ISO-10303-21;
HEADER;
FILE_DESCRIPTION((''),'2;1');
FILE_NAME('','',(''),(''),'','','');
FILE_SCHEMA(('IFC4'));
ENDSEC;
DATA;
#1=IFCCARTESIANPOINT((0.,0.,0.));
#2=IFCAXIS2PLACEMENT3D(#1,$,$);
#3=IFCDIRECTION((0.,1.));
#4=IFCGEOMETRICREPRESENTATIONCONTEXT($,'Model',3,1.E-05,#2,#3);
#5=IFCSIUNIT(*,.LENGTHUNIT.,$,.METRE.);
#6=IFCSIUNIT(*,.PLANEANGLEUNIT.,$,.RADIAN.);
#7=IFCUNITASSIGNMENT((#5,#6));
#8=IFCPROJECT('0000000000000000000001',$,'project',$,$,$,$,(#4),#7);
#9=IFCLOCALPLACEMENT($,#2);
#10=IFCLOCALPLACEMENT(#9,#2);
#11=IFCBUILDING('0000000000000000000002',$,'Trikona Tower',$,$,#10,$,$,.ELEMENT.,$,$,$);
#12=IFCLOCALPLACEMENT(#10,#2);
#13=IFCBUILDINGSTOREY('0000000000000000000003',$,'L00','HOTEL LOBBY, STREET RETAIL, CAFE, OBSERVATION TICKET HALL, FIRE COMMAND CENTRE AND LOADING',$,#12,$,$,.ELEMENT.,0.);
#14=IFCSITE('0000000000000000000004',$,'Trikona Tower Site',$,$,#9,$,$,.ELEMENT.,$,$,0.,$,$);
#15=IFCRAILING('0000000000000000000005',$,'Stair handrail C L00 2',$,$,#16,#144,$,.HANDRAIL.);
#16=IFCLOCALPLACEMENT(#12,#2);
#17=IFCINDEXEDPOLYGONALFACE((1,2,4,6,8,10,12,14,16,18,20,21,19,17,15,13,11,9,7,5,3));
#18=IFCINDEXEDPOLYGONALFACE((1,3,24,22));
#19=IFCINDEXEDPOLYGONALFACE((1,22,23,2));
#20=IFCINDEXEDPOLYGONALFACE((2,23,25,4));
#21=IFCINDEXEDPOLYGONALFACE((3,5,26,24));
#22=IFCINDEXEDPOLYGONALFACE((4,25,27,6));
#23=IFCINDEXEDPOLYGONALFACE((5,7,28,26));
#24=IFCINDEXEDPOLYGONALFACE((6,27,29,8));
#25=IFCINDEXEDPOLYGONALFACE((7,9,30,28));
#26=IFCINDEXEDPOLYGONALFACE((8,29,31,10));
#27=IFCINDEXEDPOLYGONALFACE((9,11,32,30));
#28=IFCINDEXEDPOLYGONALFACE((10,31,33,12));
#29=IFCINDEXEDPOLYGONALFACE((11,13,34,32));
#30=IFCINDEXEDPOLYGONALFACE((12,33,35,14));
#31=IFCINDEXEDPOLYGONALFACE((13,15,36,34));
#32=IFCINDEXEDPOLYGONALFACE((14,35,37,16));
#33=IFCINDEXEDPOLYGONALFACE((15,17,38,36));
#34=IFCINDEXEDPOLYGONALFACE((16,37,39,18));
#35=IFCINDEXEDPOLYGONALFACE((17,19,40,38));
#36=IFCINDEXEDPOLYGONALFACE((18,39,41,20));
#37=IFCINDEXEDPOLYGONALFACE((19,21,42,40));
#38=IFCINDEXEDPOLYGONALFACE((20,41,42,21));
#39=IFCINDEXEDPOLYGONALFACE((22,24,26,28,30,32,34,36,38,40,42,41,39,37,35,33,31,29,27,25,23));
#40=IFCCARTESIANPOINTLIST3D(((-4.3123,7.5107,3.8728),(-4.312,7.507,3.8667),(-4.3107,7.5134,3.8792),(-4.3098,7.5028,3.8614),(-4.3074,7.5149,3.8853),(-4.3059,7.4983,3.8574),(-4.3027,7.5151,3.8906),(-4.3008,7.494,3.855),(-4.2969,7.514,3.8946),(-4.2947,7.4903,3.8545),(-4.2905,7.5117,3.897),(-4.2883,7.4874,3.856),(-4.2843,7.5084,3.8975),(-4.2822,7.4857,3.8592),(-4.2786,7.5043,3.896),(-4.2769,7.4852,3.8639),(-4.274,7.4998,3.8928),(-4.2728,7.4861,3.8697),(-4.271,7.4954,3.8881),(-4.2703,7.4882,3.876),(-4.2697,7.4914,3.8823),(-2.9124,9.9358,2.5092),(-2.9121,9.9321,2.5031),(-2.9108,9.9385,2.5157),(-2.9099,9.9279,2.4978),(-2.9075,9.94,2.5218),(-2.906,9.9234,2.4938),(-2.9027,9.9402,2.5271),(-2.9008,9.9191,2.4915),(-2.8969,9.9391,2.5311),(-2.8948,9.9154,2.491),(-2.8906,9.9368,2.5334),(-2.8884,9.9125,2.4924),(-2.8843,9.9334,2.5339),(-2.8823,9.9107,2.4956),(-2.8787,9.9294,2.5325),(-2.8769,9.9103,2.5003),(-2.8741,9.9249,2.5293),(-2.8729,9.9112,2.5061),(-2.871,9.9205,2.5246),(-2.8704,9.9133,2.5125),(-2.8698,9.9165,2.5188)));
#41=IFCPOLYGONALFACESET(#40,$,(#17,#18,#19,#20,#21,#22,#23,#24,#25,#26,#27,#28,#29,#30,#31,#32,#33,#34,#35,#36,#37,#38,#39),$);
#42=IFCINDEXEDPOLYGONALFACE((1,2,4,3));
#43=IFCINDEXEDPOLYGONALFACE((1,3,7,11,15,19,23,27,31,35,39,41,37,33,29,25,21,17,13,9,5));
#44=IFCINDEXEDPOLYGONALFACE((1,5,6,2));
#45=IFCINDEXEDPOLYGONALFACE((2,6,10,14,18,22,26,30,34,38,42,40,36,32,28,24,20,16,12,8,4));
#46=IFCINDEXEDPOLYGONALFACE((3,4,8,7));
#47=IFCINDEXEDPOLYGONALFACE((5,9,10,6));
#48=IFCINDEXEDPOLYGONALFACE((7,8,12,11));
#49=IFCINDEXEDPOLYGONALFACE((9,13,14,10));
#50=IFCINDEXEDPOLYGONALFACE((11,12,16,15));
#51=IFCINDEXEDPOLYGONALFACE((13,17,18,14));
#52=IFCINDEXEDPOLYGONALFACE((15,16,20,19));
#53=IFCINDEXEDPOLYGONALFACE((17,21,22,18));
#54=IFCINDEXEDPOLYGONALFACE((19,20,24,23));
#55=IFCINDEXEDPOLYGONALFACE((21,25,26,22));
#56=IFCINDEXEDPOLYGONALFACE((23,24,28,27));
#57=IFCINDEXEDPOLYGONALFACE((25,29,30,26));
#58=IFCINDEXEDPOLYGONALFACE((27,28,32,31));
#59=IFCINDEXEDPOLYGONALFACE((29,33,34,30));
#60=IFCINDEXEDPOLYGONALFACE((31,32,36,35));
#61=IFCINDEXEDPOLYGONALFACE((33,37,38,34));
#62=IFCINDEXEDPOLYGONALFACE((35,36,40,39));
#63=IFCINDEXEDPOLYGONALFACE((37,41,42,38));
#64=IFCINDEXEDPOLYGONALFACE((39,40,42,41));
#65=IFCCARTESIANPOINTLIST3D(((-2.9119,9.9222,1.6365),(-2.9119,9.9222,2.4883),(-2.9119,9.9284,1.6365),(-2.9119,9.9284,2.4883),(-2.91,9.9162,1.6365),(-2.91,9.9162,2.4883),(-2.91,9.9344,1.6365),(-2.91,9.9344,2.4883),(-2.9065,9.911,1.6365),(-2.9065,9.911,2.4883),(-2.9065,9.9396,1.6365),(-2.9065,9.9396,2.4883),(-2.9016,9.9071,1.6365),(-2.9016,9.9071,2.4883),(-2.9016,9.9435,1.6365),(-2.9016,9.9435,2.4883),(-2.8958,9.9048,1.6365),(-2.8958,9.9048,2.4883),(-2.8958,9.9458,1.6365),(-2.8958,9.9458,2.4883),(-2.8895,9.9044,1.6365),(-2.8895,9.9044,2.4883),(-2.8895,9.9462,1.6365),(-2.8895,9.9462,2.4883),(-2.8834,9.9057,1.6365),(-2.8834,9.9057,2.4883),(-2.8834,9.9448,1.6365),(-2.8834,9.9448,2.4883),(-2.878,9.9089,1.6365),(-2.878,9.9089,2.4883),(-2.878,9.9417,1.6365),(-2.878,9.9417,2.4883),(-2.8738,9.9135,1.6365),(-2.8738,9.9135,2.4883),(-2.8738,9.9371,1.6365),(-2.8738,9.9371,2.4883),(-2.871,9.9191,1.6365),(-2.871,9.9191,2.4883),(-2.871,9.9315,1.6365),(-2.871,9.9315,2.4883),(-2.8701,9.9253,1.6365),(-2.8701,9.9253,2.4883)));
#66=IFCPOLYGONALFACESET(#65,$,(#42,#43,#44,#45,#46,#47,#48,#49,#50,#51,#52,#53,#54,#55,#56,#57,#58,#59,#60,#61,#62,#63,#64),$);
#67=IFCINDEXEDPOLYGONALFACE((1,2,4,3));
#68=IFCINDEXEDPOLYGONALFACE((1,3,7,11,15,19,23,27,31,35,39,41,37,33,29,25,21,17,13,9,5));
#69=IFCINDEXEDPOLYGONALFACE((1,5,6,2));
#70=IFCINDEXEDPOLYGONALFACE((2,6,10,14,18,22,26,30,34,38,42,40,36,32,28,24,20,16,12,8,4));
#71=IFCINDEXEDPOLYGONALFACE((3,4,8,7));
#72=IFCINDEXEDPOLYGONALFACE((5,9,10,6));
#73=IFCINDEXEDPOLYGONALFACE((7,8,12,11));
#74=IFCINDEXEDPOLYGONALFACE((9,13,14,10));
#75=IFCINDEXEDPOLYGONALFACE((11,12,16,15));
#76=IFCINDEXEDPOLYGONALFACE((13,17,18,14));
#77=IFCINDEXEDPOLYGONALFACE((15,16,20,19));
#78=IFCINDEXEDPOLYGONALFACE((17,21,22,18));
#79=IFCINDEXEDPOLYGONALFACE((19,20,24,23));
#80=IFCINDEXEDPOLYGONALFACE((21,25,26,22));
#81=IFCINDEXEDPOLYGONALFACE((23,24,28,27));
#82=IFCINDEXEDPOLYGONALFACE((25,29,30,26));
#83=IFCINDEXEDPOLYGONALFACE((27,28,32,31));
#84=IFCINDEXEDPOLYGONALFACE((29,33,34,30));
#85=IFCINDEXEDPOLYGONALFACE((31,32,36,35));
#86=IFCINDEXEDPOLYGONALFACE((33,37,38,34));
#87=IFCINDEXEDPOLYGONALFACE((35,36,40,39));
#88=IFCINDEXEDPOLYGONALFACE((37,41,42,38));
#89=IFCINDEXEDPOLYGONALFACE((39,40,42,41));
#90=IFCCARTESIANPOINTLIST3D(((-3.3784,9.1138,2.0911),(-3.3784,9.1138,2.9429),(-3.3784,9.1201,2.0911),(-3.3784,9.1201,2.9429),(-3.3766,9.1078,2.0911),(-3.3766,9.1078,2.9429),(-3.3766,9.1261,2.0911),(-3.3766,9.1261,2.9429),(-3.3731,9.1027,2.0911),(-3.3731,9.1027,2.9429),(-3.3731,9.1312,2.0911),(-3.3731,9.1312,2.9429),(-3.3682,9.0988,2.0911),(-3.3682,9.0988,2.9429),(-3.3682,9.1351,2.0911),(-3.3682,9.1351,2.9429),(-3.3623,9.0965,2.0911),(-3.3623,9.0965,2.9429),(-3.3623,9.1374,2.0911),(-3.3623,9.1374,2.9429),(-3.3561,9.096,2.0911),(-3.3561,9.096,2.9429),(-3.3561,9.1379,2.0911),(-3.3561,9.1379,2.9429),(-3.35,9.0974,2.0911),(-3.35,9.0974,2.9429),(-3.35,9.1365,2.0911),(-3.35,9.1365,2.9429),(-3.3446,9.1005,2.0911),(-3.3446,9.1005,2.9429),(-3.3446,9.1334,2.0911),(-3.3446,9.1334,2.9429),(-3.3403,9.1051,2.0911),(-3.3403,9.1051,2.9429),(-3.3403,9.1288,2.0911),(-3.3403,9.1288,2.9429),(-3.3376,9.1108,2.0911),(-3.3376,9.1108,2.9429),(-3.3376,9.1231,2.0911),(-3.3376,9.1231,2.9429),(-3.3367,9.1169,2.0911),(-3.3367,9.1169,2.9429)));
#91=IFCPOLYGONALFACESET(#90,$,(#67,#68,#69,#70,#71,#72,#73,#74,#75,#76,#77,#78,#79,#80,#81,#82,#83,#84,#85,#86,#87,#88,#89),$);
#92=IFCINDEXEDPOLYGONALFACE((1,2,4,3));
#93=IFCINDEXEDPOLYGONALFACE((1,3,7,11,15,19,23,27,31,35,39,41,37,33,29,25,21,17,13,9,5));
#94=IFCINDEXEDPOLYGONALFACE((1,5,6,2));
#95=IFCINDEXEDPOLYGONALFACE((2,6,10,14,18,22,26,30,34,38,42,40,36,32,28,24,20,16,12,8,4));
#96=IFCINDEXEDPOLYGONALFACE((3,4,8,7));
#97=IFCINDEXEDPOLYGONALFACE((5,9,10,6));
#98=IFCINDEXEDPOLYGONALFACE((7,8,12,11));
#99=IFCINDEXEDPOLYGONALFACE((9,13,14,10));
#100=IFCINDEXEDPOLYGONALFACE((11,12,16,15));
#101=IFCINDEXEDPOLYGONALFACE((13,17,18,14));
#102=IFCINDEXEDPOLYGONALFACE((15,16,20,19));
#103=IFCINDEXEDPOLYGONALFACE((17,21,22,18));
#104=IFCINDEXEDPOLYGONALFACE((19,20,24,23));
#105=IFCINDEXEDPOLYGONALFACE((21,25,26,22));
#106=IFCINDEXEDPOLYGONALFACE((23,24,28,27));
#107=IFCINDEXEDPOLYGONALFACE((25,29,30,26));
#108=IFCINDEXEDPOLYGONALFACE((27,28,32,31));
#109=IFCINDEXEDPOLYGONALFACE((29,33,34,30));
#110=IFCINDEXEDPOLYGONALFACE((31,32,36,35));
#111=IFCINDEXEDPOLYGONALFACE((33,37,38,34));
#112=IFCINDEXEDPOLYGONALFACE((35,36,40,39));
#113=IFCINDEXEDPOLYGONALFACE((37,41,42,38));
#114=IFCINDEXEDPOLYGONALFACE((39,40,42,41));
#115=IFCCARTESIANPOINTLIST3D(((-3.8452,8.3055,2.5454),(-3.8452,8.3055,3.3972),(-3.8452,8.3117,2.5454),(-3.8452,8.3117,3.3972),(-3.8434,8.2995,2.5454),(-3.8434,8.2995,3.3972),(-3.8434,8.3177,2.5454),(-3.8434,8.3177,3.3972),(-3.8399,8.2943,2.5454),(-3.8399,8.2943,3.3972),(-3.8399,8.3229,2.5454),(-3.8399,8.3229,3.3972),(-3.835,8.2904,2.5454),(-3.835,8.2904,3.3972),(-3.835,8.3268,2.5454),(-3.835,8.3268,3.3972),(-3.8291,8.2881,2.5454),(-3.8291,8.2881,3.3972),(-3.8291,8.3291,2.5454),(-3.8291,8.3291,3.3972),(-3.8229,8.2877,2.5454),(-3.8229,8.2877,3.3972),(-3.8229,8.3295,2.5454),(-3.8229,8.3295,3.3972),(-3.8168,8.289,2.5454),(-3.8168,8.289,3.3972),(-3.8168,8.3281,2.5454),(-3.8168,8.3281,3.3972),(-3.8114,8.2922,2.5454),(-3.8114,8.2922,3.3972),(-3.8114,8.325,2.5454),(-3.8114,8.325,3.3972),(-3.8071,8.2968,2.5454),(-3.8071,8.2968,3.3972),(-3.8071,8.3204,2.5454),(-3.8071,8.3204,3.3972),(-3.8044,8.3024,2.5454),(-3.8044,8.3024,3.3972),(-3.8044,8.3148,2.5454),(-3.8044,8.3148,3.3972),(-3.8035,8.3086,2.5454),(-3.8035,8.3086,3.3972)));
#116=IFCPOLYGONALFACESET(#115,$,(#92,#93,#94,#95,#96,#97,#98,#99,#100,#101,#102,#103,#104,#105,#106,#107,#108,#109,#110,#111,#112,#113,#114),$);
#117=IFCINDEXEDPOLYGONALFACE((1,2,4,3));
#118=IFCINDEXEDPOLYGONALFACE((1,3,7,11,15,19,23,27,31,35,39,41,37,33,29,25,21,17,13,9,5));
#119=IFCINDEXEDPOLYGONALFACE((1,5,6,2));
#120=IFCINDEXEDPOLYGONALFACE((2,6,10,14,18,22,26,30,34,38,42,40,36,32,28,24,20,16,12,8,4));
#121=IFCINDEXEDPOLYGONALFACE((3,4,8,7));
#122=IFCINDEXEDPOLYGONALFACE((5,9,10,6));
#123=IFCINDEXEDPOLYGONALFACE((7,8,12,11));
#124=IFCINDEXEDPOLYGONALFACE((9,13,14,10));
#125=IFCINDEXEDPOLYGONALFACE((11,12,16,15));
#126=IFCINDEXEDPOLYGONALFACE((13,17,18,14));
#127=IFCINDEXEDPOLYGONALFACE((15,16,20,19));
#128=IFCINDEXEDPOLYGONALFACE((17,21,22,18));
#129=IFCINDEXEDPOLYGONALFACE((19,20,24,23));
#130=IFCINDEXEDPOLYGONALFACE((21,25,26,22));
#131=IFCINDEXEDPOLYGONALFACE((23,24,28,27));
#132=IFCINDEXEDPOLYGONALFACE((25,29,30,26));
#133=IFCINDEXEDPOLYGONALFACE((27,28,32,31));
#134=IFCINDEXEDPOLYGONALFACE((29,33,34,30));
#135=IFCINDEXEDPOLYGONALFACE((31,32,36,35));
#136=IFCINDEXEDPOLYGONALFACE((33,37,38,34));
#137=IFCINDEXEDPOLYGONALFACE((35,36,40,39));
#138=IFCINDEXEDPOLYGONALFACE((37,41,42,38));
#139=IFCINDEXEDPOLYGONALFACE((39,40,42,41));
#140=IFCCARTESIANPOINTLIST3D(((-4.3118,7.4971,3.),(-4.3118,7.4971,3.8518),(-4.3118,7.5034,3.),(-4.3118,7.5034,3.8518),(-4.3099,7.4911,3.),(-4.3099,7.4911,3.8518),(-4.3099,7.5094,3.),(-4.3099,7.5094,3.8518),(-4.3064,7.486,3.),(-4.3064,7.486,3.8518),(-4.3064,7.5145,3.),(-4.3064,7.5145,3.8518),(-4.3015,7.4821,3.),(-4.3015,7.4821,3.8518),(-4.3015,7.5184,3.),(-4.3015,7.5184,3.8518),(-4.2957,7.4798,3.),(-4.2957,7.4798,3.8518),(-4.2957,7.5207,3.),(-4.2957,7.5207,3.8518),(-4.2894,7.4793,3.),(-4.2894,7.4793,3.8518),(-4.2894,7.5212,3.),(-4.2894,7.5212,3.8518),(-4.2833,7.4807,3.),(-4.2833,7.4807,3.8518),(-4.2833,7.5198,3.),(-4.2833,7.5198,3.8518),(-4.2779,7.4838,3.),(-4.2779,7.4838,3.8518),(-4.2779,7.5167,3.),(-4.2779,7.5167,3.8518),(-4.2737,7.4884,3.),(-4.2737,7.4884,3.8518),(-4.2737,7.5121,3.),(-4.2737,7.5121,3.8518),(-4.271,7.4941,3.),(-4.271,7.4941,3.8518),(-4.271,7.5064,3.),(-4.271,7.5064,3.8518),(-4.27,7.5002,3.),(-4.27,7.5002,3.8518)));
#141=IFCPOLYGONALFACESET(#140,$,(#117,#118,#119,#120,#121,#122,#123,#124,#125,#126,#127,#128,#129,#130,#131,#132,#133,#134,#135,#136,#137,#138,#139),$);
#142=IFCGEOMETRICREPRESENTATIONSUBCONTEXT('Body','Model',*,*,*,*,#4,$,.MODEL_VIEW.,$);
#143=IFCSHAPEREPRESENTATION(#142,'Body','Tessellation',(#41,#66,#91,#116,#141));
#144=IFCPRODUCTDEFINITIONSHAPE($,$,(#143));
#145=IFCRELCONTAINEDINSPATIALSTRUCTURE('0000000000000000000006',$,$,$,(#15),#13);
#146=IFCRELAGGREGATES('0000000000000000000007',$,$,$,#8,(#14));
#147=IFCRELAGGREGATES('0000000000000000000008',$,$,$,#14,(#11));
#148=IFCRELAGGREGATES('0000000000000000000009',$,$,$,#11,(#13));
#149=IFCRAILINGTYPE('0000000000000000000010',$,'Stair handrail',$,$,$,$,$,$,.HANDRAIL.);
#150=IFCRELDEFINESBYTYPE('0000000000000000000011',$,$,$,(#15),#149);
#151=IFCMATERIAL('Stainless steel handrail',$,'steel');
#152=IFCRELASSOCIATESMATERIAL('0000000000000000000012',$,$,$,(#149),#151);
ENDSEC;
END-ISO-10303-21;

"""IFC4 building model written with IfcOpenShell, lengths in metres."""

from ifc_helpers import new_model, si_unit, direction, frame, origin, origin_2d, place, context, subcontext, project, spatial, circle, extrude, material, type_object, element, save


model = new_model("IFC4")

# Units and contexts
model_context = context("Model", 3, precision=1e-05, world=origin(), true_north=direction((0.0, 1.0)))
body_context = subcontext(model_context, "Body", "Model", "MODEL_VIEW")
ifc_project = project(units=[si_unit("LENGTHUNIT", "METRE"), si_unit("PLANEANGLEUNIT", "RADIAN")], contexts=[model_context])

# Site, building, storey
site_placement = place(None, origin())
site = spatial("IfcSite", under=ifc_project, at=site_placement, Name="Trikona Tower Site", CompositionType="ELEMENT", RefElevation=0.0)
building_placement = place(site_placement, origin())
building = spatial("IfcBuilding", under=site, at=building_placement, Name="Trikona Tower", CompositionType="ELEMENT")
storey_placement = place(building_placement, origin())
storey = spatial("IfcBuildingStorey", under=building, at=storey_placement, Name="L00", Description="HOTEL LOBBY, STREET RETAIL, CAFE, OBSERVATION TICKET HALL, FIRE COMMAND CENTRE AND LOADING", CompositionType="ELEMENT", Elevation=0.0)

# Railing
ifc_material_1 = material(Name="Stainless steel handrail", Category="steel")
railing_type = type_object("IfcRailingType", Name="Stair handrail", PredefinedType="HANDRAIL", material=ifc_material_1)
railing_1_placement = place(storey_placement, frame((-2.8911, 9.9253, 1.6365)))
element("IfcRailing", 1, at=railing_1_placement, inside=storey, type_object=railing_type, Name="Stair handrail C L00 2", PredefinedType="HANDRAIL", context=body_context, shape_type="SweptSolid", body=[
    extrude(circle(Radius=0.0239, at=origin_2d()), frame((0.0, 0.0, 0.876), z_axis=(-0.449486, -0.778645, 0.437806), x_axis=(0.866056, -0.499946, 0.0)), (0.0, 0.0, 1.0), 3.1145),
    extrude(circle(Radius=0.021, at=origin_2d()), origin(), (0.0, 0.0, 1.0), 0.8518),
    extrude(circle(Radius=0.021, at=origin_2d()), frame((-0.4666, -0.8083, 0.4546)), (0.0, 0.0, 1.0), 0.8518),
    extrude(circle(Radius=0.021, at=origin_2d()), frame((-0.9333, -1.6167, 0.9089)), (0.0, 0.0, 1.0), 0.8518),
    extrude(circle(Radius=0.021, at=origin_2d()), frame((-1.3999, -2.425, 1.3635)), (0.0, 0.0, 1.0), 0.8518),
])

save(model, "model.ifc")
